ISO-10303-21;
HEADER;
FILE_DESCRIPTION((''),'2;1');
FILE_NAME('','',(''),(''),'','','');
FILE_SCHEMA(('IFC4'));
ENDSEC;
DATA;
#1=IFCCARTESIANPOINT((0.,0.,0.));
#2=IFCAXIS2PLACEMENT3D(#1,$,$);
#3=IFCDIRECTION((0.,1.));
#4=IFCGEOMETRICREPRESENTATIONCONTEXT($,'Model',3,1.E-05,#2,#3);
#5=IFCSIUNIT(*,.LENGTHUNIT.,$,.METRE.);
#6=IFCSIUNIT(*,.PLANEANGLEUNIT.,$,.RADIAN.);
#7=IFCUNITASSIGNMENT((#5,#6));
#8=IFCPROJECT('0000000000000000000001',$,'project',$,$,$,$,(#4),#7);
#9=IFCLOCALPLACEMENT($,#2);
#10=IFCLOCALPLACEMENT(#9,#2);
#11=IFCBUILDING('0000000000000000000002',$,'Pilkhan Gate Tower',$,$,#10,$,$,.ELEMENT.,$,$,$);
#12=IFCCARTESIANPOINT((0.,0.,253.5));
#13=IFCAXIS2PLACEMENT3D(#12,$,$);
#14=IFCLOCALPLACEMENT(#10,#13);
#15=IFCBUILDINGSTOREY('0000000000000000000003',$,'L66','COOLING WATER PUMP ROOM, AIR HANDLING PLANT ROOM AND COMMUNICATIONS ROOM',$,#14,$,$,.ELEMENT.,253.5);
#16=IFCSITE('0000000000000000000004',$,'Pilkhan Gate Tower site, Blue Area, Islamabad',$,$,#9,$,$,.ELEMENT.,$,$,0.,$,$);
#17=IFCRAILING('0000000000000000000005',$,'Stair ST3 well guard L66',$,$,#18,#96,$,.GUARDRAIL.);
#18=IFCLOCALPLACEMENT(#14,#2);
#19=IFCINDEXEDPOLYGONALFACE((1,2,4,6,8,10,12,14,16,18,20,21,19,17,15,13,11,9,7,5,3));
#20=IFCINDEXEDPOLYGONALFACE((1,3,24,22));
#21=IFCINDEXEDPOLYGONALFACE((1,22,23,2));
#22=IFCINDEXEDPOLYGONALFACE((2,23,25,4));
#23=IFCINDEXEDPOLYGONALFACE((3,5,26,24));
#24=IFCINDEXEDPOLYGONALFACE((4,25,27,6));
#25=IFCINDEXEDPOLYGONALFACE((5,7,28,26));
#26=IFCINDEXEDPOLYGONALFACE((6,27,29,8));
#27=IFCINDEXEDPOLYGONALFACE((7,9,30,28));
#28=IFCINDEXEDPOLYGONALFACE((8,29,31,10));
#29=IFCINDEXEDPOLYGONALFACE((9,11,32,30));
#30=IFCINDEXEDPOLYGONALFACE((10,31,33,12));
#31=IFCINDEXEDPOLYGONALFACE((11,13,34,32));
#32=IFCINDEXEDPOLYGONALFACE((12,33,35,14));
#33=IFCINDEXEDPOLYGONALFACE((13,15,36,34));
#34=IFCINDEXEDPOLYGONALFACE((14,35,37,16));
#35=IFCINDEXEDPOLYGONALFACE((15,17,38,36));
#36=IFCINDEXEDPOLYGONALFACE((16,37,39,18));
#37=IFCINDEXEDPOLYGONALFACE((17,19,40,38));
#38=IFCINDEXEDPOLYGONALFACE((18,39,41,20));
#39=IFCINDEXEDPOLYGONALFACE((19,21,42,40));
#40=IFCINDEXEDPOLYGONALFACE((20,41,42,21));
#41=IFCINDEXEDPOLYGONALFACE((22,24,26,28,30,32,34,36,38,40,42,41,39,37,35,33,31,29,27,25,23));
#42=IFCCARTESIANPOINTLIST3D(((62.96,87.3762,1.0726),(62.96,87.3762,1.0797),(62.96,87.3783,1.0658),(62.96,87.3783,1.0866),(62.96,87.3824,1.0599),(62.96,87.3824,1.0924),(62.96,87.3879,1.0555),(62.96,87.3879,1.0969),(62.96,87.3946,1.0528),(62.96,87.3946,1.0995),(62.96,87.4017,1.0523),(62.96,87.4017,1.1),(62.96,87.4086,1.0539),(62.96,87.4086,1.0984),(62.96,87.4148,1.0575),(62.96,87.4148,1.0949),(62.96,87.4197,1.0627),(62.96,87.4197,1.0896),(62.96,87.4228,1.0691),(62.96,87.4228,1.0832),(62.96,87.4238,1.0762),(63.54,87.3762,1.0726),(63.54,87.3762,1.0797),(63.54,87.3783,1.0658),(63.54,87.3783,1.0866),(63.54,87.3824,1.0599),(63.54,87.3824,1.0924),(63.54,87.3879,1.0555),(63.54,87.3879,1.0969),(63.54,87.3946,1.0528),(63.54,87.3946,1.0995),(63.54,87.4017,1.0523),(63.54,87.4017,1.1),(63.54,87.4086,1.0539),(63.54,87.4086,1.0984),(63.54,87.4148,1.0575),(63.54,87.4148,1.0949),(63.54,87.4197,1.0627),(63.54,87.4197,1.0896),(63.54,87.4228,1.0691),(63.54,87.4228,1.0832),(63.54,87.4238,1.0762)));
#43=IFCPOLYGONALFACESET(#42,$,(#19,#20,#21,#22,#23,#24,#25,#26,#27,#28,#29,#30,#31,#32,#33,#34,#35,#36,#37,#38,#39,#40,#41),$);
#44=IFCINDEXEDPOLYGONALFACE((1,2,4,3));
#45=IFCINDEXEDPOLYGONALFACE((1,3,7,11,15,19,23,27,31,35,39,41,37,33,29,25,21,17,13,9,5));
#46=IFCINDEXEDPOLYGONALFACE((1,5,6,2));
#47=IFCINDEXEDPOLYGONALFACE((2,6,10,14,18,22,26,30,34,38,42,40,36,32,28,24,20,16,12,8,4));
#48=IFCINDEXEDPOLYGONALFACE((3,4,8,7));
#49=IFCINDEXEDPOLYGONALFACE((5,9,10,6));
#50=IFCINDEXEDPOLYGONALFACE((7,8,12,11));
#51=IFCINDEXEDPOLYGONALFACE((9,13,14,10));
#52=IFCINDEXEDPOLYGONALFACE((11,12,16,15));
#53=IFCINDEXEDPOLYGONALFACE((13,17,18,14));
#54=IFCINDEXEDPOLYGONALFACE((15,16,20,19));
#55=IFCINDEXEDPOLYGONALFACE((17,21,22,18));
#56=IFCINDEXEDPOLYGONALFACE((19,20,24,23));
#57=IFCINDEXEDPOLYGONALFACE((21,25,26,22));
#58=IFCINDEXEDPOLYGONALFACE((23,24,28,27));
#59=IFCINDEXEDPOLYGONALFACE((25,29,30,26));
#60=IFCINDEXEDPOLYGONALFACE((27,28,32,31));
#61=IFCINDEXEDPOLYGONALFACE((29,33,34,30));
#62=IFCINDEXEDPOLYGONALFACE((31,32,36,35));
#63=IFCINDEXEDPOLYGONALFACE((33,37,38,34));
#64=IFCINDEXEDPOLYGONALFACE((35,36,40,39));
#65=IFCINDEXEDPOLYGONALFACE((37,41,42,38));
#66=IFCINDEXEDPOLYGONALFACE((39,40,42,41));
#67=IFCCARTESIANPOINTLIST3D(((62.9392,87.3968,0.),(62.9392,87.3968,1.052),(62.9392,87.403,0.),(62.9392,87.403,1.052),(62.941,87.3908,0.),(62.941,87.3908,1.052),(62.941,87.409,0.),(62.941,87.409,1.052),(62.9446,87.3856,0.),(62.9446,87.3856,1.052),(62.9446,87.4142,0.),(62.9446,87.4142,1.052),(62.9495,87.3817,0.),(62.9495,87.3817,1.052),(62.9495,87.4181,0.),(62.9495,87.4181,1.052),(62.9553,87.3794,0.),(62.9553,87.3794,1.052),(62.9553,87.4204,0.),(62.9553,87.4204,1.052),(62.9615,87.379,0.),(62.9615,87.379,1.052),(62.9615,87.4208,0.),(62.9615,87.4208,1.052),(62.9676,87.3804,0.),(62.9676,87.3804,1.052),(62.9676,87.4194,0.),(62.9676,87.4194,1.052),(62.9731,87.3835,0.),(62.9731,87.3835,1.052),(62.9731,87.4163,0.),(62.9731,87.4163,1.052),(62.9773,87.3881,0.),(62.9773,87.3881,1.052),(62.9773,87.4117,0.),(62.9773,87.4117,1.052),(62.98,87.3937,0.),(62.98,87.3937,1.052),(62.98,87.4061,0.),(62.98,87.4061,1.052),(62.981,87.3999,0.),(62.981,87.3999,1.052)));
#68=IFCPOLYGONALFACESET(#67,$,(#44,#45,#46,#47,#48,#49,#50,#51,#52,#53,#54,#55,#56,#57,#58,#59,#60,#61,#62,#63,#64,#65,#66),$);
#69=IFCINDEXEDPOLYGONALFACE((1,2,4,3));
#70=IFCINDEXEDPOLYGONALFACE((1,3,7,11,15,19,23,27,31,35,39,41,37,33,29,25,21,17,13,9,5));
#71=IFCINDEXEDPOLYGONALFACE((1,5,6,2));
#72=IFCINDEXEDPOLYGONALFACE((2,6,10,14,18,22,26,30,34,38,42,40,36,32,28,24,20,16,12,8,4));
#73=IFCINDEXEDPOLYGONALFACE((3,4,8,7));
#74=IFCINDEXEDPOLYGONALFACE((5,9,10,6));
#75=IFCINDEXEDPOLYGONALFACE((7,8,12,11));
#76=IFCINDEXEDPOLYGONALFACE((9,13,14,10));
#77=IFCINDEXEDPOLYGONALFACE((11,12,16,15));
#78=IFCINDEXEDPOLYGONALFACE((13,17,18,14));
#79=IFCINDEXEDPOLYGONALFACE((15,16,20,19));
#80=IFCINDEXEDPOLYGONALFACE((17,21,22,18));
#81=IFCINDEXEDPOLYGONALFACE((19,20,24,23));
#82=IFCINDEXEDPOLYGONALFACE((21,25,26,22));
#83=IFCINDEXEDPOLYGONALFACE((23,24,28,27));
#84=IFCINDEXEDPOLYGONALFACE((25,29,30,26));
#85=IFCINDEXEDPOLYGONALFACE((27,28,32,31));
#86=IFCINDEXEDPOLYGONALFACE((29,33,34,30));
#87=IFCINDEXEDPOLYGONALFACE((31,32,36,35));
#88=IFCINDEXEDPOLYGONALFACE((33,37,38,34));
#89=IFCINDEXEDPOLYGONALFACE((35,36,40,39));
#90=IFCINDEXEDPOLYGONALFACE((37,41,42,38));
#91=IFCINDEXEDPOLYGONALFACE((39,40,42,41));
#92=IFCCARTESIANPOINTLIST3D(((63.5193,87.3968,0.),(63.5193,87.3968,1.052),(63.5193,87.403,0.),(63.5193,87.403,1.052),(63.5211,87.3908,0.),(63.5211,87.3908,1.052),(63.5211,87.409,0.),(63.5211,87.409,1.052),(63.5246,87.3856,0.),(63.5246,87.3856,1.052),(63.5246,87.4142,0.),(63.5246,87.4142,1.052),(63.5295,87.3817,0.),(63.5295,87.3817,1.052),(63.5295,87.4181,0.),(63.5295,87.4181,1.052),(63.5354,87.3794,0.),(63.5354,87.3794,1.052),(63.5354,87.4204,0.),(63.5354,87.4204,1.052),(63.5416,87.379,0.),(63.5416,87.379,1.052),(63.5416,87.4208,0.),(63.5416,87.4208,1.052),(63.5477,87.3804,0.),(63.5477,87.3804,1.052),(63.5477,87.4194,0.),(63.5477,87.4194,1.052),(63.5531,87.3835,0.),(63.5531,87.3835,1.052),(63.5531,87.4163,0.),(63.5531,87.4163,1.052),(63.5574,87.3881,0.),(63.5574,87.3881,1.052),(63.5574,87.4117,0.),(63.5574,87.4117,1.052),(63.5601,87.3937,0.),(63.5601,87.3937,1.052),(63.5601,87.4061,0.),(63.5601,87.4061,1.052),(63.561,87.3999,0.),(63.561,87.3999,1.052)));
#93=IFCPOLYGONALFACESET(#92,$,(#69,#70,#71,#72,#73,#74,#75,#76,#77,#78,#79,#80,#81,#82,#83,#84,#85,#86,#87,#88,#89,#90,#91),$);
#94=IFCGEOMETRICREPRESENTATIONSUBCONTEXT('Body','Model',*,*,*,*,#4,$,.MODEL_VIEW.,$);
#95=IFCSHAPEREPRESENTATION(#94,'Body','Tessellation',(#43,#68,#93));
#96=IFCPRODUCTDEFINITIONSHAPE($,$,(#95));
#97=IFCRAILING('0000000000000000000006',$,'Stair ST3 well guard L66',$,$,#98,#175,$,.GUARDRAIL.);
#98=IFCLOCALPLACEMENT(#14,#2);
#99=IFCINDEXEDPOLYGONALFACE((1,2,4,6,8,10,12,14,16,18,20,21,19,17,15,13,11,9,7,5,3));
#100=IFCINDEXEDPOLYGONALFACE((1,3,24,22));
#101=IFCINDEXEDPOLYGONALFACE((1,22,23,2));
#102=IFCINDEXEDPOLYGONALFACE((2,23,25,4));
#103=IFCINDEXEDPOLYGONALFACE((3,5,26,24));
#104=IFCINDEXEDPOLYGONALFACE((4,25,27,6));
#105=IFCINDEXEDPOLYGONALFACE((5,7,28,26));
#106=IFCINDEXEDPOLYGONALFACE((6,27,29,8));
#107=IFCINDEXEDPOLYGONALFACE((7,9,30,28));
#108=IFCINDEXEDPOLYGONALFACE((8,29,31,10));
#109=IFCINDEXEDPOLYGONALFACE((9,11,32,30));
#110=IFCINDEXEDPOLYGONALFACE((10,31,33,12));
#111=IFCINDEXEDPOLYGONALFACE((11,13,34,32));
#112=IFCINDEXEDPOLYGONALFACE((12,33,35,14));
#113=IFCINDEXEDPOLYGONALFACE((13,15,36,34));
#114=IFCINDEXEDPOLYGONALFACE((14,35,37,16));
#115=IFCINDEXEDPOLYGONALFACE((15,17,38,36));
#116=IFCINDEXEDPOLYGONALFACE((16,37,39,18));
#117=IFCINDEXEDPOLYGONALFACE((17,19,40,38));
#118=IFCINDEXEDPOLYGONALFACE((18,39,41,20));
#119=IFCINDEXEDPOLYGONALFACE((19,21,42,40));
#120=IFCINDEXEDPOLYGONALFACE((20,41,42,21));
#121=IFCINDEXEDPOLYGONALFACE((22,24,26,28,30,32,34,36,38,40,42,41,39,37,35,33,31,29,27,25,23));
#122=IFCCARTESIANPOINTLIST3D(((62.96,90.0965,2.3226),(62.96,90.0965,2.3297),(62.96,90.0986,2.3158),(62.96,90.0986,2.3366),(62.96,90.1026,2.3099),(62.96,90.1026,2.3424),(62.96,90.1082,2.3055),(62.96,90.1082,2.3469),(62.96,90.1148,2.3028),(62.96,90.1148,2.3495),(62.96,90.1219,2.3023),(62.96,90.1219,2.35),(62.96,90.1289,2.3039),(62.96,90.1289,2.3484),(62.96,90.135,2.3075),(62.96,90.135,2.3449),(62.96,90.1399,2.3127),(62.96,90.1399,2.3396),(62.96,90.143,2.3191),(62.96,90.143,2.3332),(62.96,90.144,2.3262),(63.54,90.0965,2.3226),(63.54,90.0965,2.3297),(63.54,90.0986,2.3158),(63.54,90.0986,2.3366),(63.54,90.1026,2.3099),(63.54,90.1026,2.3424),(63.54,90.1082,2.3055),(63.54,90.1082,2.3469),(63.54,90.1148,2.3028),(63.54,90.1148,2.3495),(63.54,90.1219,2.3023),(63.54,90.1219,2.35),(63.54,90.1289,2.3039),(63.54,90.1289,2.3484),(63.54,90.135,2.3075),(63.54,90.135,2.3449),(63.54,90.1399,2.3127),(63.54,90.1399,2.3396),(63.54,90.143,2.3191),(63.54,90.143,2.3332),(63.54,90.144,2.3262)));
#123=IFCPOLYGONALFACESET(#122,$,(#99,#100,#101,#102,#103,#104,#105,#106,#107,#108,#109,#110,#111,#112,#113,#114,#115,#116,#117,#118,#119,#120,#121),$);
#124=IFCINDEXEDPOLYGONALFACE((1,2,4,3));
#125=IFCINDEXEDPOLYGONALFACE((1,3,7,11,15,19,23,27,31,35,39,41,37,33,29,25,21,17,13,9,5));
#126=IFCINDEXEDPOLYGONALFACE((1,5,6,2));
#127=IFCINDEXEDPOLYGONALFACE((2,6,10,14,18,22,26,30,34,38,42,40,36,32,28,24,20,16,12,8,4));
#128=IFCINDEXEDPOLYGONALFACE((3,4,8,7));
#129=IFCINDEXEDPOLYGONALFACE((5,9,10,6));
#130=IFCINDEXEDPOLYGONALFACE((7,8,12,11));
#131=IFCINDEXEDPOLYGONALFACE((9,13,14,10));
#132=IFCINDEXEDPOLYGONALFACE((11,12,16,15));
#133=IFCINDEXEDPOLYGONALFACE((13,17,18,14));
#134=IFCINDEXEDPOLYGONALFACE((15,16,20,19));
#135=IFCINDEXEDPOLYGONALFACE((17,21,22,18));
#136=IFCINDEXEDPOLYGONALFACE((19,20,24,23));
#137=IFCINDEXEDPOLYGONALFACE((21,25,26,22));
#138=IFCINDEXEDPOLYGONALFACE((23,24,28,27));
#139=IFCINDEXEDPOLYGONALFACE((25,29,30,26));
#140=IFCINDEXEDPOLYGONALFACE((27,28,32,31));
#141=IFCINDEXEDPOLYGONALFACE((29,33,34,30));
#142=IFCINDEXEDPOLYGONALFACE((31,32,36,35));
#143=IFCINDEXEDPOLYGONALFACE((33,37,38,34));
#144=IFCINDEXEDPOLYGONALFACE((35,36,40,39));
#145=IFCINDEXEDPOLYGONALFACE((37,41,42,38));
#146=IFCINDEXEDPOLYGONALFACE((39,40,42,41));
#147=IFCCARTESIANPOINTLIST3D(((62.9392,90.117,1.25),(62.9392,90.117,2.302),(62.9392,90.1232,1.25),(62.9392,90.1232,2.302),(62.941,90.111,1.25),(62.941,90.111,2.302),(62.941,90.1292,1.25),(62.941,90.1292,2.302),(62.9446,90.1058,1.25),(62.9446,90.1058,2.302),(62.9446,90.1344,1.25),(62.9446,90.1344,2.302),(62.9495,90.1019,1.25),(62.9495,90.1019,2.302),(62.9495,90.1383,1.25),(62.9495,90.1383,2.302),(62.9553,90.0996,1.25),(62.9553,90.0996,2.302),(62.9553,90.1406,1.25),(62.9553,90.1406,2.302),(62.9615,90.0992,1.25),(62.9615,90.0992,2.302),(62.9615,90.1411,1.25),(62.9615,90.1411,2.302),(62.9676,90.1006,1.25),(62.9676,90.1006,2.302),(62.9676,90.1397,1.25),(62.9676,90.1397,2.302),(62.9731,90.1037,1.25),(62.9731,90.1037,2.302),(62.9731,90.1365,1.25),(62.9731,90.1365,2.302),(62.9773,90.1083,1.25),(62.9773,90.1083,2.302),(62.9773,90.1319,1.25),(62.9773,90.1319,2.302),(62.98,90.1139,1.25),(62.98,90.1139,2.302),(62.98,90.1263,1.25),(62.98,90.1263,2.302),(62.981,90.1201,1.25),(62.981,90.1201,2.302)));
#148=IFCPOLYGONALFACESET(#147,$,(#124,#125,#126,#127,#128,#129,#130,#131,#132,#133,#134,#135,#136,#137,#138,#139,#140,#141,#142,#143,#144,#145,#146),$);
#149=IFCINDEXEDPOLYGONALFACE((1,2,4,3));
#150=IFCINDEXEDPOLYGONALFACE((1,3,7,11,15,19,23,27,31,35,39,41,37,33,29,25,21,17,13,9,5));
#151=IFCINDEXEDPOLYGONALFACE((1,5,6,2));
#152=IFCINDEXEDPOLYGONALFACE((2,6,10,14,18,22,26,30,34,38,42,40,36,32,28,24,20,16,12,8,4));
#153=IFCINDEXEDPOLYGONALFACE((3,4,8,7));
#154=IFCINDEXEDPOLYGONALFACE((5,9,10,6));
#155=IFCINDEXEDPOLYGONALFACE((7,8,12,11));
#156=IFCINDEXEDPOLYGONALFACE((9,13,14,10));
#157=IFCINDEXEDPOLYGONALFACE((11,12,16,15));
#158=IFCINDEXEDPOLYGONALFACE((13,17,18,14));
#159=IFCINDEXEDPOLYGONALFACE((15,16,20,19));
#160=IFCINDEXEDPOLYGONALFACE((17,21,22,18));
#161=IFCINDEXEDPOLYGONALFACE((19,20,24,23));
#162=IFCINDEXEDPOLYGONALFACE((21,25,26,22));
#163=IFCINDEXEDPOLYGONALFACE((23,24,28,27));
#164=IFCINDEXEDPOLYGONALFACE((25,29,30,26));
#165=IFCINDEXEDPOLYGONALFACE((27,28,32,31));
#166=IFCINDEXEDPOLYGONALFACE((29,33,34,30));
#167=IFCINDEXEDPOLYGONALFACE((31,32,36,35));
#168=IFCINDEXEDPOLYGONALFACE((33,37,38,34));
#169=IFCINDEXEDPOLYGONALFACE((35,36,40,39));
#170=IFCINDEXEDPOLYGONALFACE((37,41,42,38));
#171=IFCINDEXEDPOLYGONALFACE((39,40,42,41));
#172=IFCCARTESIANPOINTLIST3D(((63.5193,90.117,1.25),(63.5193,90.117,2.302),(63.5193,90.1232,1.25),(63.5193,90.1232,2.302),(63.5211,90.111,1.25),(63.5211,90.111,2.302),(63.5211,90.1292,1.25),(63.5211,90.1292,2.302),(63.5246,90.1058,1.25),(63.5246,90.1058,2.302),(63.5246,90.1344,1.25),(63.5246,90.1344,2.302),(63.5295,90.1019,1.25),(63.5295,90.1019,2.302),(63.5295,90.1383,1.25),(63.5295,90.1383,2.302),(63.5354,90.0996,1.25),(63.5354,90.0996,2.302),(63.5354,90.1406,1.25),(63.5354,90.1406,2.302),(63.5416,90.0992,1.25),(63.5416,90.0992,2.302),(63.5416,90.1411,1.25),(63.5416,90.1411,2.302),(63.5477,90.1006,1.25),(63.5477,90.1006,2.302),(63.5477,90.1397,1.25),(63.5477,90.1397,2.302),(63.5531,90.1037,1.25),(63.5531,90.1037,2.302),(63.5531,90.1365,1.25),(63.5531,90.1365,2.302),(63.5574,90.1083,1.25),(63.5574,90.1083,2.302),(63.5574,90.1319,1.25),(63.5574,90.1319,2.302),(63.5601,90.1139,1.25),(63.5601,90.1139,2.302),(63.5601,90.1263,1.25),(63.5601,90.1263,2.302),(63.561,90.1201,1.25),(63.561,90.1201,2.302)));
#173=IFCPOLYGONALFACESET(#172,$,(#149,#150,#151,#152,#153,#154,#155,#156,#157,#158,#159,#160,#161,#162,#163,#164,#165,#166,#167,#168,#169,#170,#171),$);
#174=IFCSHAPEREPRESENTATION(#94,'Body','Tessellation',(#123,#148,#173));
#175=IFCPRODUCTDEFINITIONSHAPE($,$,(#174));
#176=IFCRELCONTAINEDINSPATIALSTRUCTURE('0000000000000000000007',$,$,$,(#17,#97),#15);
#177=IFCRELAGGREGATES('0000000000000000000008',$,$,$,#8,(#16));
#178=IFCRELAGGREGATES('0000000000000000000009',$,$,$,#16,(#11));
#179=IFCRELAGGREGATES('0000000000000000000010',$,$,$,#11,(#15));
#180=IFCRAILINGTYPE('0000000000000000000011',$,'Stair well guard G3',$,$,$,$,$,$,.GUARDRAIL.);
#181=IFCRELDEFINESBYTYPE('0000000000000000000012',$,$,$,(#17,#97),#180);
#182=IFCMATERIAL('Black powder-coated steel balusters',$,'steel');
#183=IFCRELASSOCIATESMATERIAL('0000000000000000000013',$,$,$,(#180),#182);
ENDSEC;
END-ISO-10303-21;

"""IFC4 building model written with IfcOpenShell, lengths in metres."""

from ifc_helpers import new_model, si_unit, direction, frame, origin, origin_2d, place, context, subcontext, project, spatial, circle, extrude, material, type_object, element, save


model = new_model("IFC4")

# Units and contexts
model_context = context("Model", 3, precision=1e-05, world=origin(), true_north=direction((0.0, 1.0)))
body_context = subcontext(model_context, "Body", "Model", "MODEL_VIEW")
ifc_project = project(units=[si_unit("LENGTHUNIT", "METRE"), si_unit("PLANEANGLEUNIT", "RADIAN")], contexts=[model_context])

# Site, building, storey
site_placement = place(None, origin())
site = spatial("IfcSite", under=ifc_project, at=site_placement, Name="Pilkhan Gate Tower site, Blue Area, Islamabad", CompositionType="ELEMENT", RefElevation=0.0)
building_placement = place(site_placement, origin())
building = spatial("IfcBuilding", under=site, at=building_placement, Name="Pilkhan Gate Tower", CompositionType="ELEMENT")
storey_placement = place(building_placement, frame((0.0, 0.0, 253.5)))
storey = spatial("IfcBuildingStorey", under=building, at=storey_placement, Name="L66", Description="COOLING WATER PUMP ROOM, AIR HANDLING PLANT ROOM AND COMMUNICATIONS ROOM", CompositionType="ELEMENT", Elevation=253.5)

# Railings
ifc_material_1 = material(Name="Black powder-coated steel balusters", Category="steel")
railing_type_1 = type_object("IfcRailingType", Name="Stair well guard G3", PredefinedType="GUARDRAIL", material=ifc_material_1)
for number, where, name in (
    (1, (62.96, 87.3999, 0.0), "Stair ST3 well guard L66"),
    (2, (62.96, 90.1201, 1.25), "Stair ST3 well guard L66"),
):
    element("IfcRailing", number, at=place(storey_placement, frame(where)), inside=storey, type_object=railing_type_1, Name=name, PredefinedType="GUARDRAIL", context=body_context, shape_type="SweptSolid", body=[
        extrude(circle(Radius=0.0239, at=origin_2d()), frame((0.0, 0.0, 1.0762), z_axis=(1.0, 0.0, 0.0), x_axis=(0.0, 1.0, 0.0)), (0.0, 0.0, 1.0), 0.5801),
        extrude(circle(Radius=0.021, at=origin_2d()), origin(), (0.0, 0.0, 1.0), 1.052),
        extrude(circle(Radius=0.021, at=origin_2d()), frame((0.5801, 0.0, 0.0)), (0.0, 0.0, 1.0), 1.052),
    ])

save(model, "model.ifc")
